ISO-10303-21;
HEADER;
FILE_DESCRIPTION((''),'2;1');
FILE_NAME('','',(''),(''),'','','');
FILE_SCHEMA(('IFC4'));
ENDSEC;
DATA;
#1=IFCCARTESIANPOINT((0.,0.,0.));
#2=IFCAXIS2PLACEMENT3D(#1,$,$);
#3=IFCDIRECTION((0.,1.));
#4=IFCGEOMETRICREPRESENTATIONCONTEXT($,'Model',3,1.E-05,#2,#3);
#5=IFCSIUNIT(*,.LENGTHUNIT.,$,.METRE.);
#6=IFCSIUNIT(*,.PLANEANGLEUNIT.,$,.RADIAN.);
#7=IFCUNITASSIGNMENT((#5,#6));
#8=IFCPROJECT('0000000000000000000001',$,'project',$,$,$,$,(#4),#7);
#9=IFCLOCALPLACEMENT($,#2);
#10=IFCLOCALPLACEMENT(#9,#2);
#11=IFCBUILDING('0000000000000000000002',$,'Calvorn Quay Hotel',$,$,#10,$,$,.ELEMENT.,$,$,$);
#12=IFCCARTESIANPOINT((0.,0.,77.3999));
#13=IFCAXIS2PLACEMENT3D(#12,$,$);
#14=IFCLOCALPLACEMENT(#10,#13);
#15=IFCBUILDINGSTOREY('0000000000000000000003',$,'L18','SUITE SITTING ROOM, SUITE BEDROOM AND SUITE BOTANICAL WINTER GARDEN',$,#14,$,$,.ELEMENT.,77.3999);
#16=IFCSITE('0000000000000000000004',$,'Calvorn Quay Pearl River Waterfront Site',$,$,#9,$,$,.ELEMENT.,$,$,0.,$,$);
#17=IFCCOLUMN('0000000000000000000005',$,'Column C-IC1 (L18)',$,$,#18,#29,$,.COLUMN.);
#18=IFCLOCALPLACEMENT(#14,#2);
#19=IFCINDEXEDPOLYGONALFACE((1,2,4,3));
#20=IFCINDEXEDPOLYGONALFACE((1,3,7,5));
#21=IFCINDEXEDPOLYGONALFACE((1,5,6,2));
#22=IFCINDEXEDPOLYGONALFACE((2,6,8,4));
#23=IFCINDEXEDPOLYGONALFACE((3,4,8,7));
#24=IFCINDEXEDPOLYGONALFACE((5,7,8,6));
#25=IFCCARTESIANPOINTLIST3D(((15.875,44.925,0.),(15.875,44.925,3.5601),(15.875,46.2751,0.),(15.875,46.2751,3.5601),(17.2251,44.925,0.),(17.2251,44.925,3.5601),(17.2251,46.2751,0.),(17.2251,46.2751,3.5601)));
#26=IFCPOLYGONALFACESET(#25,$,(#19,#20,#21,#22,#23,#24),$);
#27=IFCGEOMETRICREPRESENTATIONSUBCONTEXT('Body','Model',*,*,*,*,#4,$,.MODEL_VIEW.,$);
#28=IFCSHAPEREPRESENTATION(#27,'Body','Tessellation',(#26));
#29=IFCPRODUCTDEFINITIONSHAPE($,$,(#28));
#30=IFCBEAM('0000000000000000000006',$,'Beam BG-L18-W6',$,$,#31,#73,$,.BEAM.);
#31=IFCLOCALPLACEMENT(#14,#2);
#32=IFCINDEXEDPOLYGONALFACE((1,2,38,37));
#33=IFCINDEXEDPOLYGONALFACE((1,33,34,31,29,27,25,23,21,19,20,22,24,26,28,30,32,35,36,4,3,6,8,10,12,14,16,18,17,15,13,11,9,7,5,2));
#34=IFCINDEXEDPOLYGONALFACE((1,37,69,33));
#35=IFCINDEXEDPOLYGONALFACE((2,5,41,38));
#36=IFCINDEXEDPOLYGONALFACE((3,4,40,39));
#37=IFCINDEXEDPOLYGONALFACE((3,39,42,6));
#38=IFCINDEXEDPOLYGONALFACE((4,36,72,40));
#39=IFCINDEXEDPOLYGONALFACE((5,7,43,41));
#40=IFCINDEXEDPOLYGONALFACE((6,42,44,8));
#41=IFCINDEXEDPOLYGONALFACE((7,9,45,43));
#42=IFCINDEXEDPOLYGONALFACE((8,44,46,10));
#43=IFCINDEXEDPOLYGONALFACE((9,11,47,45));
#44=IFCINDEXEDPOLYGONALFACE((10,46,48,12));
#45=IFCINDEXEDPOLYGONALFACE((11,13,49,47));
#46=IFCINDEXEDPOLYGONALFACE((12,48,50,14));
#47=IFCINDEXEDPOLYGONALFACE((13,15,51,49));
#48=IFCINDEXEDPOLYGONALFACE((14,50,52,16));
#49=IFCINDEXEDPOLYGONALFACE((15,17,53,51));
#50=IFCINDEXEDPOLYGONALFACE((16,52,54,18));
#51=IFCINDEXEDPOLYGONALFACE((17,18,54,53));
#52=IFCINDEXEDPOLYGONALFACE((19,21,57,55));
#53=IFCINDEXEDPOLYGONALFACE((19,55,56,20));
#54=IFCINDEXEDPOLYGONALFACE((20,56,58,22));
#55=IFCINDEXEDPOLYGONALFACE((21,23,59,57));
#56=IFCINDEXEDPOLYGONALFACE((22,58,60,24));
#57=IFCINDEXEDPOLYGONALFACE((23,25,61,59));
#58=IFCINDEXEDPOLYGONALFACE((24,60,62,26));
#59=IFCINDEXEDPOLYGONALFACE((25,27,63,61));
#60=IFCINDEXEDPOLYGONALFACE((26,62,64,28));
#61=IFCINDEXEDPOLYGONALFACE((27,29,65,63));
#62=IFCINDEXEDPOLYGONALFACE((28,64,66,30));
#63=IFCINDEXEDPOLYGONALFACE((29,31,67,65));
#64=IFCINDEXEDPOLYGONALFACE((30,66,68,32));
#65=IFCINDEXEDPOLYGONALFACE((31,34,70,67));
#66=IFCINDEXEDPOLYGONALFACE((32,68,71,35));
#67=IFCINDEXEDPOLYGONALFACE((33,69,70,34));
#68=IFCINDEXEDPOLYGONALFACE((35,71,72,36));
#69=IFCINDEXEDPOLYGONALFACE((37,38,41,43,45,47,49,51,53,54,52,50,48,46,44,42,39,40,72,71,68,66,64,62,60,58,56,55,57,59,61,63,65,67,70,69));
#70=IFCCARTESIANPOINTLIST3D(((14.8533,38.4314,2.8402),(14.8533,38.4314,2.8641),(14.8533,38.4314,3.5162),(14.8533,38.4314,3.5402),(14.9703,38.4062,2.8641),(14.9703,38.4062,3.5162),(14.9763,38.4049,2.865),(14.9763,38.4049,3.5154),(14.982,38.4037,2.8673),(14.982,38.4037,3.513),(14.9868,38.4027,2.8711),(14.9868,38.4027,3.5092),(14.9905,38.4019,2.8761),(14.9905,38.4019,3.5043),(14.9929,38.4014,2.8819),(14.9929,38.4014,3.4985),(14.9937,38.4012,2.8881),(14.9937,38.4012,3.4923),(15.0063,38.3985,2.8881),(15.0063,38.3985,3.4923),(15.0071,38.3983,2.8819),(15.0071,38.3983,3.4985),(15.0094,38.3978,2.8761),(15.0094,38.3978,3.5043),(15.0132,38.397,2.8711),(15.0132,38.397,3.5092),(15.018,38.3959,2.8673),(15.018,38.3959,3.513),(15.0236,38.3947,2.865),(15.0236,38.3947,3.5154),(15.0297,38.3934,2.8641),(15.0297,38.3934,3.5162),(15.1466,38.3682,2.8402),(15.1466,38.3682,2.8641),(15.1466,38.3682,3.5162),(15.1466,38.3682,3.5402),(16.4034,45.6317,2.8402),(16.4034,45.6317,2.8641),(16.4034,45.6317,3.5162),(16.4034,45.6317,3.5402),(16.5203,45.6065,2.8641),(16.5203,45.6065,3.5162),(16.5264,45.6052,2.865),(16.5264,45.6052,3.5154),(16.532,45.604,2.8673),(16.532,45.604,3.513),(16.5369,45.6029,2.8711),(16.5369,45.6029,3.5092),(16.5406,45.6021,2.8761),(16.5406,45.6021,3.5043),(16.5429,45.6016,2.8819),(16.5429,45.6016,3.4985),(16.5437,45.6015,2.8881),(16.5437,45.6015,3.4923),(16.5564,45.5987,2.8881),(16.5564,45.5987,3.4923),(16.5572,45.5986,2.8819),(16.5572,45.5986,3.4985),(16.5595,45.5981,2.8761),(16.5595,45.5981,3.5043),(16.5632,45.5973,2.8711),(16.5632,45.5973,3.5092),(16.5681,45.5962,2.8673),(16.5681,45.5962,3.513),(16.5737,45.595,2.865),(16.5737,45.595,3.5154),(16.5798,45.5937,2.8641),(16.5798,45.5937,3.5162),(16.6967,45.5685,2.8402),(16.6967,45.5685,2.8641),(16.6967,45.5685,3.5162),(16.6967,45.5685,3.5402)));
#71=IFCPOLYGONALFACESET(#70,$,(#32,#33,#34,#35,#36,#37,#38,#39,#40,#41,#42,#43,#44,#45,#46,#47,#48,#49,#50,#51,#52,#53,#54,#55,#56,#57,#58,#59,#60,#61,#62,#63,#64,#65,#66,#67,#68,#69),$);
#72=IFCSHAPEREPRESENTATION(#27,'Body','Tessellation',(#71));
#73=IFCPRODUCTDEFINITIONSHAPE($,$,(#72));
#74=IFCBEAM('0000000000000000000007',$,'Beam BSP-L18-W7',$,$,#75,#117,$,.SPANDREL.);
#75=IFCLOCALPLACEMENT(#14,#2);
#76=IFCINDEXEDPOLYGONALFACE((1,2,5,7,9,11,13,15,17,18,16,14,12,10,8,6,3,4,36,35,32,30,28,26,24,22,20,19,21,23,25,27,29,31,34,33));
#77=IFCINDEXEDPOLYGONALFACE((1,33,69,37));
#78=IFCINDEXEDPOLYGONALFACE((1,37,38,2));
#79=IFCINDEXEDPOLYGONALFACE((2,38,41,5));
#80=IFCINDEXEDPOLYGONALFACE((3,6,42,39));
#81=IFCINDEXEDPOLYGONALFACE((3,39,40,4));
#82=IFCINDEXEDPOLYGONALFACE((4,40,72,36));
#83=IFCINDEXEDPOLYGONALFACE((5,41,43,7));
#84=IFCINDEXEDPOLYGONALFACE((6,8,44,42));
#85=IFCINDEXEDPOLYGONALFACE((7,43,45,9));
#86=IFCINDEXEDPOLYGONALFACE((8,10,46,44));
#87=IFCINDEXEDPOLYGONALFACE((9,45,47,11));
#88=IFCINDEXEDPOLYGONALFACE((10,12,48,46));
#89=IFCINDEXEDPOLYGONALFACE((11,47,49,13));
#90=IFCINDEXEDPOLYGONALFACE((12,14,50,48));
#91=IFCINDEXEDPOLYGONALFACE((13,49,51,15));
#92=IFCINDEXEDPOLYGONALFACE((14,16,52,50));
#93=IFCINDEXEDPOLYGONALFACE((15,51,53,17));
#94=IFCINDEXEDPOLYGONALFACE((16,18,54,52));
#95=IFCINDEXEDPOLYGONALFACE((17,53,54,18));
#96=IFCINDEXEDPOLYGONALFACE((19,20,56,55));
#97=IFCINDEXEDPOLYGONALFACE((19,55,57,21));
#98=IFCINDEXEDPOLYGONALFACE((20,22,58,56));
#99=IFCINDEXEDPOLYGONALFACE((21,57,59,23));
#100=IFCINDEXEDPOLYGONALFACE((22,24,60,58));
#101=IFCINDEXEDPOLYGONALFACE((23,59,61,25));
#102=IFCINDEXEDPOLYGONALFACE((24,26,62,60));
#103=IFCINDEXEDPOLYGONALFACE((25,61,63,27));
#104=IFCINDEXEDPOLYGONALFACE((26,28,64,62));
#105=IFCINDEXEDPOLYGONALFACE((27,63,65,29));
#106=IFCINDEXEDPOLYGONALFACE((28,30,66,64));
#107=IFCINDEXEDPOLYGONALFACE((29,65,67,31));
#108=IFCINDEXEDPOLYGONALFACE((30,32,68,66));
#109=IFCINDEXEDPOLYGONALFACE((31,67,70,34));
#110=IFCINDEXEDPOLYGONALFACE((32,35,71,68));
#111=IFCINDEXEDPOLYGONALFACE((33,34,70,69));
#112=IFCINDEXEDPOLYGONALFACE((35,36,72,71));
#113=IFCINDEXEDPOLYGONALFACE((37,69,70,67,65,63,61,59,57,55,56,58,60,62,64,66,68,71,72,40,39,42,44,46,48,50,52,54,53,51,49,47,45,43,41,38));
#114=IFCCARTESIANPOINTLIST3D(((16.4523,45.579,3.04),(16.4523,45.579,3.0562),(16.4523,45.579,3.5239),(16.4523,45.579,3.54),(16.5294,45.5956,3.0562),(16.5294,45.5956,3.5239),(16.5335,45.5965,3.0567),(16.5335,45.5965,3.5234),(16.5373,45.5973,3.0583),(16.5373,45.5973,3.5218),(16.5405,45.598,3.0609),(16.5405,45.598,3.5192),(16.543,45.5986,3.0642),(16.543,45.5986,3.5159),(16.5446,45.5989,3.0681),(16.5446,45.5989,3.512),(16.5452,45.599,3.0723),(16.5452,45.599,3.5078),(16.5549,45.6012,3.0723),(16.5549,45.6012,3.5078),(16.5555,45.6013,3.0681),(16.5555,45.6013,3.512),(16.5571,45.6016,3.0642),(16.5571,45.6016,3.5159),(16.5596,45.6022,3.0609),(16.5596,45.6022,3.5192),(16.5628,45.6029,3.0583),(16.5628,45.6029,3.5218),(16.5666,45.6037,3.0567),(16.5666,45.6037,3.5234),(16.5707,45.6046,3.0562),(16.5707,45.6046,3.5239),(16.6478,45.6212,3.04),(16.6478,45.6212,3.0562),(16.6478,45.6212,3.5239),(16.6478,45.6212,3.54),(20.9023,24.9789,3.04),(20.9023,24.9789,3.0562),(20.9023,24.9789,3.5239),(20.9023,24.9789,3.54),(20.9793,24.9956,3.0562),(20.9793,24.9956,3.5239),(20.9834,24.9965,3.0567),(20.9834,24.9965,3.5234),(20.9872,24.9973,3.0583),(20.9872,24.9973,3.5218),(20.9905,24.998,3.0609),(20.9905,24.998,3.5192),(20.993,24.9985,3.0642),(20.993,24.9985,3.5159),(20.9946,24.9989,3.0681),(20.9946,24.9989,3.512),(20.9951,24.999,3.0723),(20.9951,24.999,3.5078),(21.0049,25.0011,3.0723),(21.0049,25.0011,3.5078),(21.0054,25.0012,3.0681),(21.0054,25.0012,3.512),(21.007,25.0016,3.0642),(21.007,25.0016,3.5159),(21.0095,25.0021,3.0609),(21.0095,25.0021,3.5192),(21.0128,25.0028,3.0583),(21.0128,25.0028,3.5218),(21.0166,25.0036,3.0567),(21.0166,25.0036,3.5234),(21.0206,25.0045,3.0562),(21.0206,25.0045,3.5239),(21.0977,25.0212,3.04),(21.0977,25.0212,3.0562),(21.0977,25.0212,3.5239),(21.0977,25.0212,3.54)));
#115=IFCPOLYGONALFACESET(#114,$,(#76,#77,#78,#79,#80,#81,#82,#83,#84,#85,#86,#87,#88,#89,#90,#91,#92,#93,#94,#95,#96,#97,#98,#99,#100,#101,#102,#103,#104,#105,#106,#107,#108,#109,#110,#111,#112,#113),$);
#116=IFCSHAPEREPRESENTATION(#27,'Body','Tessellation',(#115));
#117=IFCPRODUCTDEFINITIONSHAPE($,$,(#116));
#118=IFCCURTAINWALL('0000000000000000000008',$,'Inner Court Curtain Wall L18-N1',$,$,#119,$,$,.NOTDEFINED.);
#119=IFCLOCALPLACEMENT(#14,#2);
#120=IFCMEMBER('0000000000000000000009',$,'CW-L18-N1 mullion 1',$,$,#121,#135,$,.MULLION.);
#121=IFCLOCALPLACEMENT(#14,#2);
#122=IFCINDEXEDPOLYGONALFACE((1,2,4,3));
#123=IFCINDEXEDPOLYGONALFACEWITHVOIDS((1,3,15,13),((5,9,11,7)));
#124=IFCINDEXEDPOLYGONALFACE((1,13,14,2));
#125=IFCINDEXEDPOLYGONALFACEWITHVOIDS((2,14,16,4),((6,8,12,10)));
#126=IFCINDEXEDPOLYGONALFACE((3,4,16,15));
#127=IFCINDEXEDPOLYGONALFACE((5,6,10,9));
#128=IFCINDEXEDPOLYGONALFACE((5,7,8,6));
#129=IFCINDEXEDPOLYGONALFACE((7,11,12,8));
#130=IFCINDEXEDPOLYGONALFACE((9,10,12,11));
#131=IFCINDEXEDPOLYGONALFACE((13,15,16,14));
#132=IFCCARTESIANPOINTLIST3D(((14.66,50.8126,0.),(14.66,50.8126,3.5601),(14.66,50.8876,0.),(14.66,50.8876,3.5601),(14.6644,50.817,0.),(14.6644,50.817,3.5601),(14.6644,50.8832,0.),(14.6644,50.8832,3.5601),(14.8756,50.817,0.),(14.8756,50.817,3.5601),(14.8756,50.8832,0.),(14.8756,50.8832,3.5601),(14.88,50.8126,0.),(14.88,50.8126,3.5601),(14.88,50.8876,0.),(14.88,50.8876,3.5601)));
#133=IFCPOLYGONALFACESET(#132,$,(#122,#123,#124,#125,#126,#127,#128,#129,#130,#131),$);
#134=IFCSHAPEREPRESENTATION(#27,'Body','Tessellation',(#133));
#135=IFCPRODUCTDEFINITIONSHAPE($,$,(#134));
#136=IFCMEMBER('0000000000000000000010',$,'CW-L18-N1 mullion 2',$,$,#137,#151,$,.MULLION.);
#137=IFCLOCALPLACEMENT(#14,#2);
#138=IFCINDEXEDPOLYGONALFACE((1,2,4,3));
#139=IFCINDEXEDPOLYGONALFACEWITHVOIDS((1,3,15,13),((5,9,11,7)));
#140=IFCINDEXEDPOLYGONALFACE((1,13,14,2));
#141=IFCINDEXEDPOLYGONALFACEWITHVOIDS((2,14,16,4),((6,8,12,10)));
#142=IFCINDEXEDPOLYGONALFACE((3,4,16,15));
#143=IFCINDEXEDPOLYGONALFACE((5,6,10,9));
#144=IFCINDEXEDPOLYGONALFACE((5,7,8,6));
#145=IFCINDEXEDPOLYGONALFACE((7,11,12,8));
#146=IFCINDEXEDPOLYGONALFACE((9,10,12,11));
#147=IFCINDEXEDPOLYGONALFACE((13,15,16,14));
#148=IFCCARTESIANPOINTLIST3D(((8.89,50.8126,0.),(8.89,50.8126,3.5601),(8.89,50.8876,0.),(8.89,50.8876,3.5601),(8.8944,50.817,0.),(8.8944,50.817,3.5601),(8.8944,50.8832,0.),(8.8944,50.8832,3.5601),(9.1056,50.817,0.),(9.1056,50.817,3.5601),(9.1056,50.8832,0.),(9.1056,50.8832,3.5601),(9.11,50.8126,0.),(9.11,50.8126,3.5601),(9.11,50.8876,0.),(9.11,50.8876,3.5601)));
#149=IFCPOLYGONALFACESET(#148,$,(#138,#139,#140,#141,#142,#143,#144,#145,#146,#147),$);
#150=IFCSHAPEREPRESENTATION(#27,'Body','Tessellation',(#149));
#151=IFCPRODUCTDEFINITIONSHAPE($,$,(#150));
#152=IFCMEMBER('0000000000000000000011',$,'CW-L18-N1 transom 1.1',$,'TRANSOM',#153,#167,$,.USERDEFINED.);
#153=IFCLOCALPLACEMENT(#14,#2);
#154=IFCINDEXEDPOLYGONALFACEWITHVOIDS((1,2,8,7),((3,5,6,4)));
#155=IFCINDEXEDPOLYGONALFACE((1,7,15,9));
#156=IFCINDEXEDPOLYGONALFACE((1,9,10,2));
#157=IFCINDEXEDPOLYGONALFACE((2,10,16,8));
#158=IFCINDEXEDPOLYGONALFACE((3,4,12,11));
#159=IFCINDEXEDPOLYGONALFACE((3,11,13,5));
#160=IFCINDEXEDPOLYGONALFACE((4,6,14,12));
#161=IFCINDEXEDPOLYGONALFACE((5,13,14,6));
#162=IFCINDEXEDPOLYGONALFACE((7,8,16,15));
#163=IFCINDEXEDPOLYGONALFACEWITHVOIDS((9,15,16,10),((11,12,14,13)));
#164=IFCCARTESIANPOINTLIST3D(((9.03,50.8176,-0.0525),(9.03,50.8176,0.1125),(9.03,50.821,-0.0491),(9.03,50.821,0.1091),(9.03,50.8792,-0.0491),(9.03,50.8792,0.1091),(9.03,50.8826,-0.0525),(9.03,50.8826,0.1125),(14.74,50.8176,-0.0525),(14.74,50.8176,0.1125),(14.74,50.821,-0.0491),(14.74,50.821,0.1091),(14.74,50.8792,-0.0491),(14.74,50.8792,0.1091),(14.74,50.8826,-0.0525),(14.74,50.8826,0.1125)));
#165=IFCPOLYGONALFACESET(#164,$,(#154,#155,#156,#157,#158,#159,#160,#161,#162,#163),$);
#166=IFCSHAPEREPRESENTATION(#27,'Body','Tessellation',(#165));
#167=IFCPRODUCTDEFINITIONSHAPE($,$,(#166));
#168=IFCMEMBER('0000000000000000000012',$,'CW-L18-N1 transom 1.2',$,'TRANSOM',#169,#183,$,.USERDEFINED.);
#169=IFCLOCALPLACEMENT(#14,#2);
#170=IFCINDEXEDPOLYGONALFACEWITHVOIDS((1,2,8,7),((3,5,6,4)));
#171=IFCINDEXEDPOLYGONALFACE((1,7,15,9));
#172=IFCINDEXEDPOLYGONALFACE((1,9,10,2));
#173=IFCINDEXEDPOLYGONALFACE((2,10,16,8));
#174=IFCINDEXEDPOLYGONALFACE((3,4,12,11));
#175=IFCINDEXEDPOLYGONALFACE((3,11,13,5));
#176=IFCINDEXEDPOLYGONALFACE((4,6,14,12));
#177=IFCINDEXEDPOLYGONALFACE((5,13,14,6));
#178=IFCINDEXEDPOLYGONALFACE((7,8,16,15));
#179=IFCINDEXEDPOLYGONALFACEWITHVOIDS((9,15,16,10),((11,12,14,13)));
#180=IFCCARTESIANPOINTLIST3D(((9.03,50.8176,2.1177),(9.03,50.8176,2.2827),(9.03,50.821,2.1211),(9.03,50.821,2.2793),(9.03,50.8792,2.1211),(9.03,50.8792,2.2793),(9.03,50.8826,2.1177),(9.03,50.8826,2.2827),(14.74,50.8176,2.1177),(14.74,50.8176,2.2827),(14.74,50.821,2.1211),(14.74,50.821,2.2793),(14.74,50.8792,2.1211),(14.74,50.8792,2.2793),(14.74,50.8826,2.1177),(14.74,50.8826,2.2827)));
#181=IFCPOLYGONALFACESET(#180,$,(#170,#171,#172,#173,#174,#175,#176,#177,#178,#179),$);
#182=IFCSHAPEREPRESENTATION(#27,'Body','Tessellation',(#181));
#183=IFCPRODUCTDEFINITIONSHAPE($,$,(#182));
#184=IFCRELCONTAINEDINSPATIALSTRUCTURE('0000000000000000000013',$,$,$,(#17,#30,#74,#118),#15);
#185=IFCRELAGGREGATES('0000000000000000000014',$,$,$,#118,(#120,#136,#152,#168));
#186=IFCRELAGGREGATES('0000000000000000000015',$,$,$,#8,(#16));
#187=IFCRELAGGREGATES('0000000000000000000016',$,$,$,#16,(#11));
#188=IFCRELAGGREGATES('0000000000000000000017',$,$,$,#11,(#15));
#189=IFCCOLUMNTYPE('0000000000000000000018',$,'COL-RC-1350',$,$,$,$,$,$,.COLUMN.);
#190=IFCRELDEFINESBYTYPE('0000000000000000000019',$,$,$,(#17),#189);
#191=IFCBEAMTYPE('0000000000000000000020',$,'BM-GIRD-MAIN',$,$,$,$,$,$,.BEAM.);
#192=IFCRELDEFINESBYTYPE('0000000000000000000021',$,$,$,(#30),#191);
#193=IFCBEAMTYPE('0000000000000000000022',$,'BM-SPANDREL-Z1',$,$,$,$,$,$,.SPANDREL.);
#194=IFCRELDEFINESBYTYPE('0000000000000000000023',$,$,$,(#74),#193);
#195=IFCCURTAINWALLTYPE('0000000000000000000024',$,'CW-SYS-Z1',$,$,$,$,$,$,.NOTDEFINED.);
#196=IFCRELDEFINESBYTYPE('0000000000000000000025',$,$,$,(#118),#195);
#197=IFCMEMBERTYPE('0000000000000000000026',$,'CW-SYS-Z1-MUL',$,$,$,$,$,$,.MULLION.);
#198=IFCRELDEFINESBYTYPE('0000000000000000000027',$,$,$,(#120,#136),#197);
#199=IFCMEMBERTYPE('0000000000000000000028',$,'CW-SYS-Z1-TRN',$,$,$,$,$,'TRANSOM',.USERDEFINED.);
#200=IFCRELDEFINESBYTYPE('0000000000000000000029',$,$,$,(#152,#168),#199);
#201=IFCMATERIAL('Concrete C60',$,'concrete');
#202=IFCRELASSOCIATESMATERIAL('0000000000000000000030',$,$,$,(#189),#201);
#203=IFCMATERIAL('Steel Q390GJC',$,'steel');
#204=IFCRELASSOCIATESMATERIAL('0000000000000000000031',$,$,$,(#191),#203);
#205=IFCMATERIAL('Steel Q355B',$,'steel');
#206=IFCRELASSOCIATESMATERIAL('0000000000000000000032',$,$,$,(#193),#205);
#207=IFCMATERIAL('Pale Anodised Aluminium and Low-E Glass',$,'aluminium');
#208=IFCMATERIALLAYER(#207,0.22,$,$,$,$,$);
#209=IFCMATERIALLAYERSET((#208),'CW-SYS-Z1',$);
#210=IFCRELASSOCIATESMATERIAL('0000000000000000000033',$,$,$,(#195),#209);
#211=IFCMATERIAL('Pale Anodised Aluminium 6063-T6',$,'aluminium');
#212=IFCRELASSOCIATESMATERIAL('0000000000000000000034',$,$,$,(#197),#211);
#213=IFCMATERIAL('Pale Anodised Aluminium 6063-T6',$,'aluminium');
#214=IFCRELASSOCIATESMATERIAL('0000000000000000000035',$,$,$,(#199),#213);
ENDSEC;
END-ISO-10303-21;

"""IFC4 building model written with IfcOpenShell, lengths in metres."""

from ifc_helpers import new_model, si_unit, direction, frame, origin, origin_2d, place, context, subcontext, project, spatial, rectangle, hollow_rectangle, i_section, extrude, material, layer, layer_set, material_profile, profile_set, type_object, element, aggregate, save


model = new_model("IFC4")

# Units and contexts
model_context = context("Model", 3, precision=1e-05, world=origin(), true_north=direction((0.0, 1.0)))
body_context = subcontext(model_context, "Body", "Model", "MODEL_VIEW")
ifc_project = project(units=[si_unit("LENGTHUNIT", "METRE"), si_unit("PLANEANGLEUNIT", "RADIAN")], contexts=[model_context])

# Site, building, storey
site_placement = place(None, origin())
site = spatial("IfcSite", under=ifc_project, at=site_placement, Name="Calvorn Quay Pearl River Waterfront Site", CompositionType="ELEMENT", RefElevation=0.0)
building_placement = place(site_placement, origin())
building = spatial("IfcBuilding", under=site, at=building_placement, Name="Calvorn Quay Hotel", CompositionType="ELEMENT")
storey_placement = place(building_placement, frame((0.0, 0.0, 77.3999)))
storey = spatial("IfcBuildingStorey", under=building, at=storey_placement, Name="L18", Description="SUITE SITTING ROOM, SUITE BEDROOM AND SUITE BOTANICAL WINTER GARDEN", CompositionType="ELEMENT", Elevation=77.3999)

# Column
ifc_material_1 = material(Name="Concrete C60", Category="concrete")
ifc_material_profile_1 = material_profile(ifc_material_1, rectangle(XDim=1.3501, YDim=1.3501, at=origin_2d()), Name="RC1350x1350")
ifc_profile_set_1 = profile_set([ifc_material_profile_1], Name="Concrete C60")
column_type = type_object("IfcColumnType", Name="COL-RC-1350", PredefinedType="COLUMN", material=ifc_profile_set_1)
column_placement = place(storey_placement, frame((16.55, 45.6001, 0.0), z_axis=(0.0, 0.0, 1.0), x_axis=(1.0, 0.0, 0.0)))
element("IfcColumn", 1, at=column_placement, inside=storey, type_object=column_type, Name="Column C-IC1 (L18)", PredefinedType="COLUMN", context=body_context, shape_type="SweptSolid", body=[
    extrude(rectangle(XDim=1.3501, YDim=1.3501, at=origin_2d()), origin(), (0.0, 0.0, 1.0), 3.5601),
])

# Beams
ifc_material_2 = material(Name="Steel Q390GJC", Category="steel")
ifc_material_profile_2 = material_profile(ifc_material_2, i_section(OverallWidth=0.3, OverallDepth=0.7, WebThickness=0.0129, FlangeThickness=0.0239, FilletRadius=0.0239, at=origin_2d()), Name="HN700x300x13x24")
ifc_profile_set_2 = profile_set([ifc_material_profile_2], Name="Steel Q390GJC")
beam_type_1 = type_object("IfcBeamType", Name="BM-GIRD-MAIN", PredefinedType="BEAM", material=ifc_profile_set_2)
beam_1_placement = place(storey_placement, frame((16.55, 45.6001, 3.1902), z_axis=(-0.210457, -0.977603, 0.0), x_axis=(0.977603, -0.210457, 0.0)))
element("IfcBeam", 2, at=beam_1_placement, inside=storey, type_object=beam_type_1, Name="Beam BG-L18-W6", PredefinedType="BEAM", context=body_context, shape_type="SweptSolid", body=[
    extrude(i_section(OverallWidth=0.3, OverallDepth=0.7, WebThickness=0.0129, FlangeThickness=0.0239, FilletRadius=0.0239, at=origin_2d()), origin(), (0.0, 0.0, 1.0), 7.3652),
])
ifc_material_3 = material(Name="Steel Q355B", Category="steel")
ifc_material_profile_3 = material_profile(ifc_material_3, i_section(OverallWidth=0.2, OverallDepth=0.5, WebThickness=0.01, FlangeThickness=0.0161, FilletRadius=0.0161, at=origin_2d()), Name="HN500x200x10x16")
ifc_profile_set_3 = profile_set([ifc_material_profile_3], Name="Steel Q355B")
beam_type_2 = type_object("IfcBeamType", Name="BM-SPANDREL-Z1", PredefinedType="SPANDREL", material=ifc_profile_set_3)
beam_2_placement = place(storey_placement, frame((16.55, 45.6001, 3.29), z_axis=(0.211146, -0.977455, 0.0), x_axis=(0.977455, 0.211146, 0.0)))
element("IfcBeam", 3, at=beam_2_placement, inside=storey, type_object=beam_type_2, Name="Beam BSP-L18-W7", PredefinedType="SPANDREL", context=body_context, shape_type="SweptSolid", body=[
    extrude(i_section(OverallWidth=0.2, OverallDepth=0.5, WebThickness=0.01, FlangeThickness=0.0161, FilletRadius=0.0161, at=origin_2d()), origin(), (0.0, 0.0, 1.0), 21.0752),
])

# Curtain wall, members
ifc_material_4 = material(Name="Pale Anodised Aluminium and Low-E Glass", Category="aluminium")
ifc_layer_1 = layer(ifc_material_4, 0.22)
ifc_layer_set_1 = layer_set([ifc_layer_1], Name="CW-SYS-Z1")
curtain_wall_type = type_object("IfcCurtainWallType", Name="CW-SYS-Z1", PredefinedType="NOTDEFINED", material=ifc_layer_set_1)
curtain_wall_placement = place(storey_placement, origin())
curtain_wall = element("IfcCurtainWall", 4, at=curtain_wall_placement, inside=storey, type_object=curtain_wall_type, Name="Inner Court Curtain Wall L18-N1", PredefinedType="NOTDEFINED")
ifc_material_5 = material(Name="Pale Anodised Aluminium 6063-T6", Category="aluminium")
ifc_material_profile_4 = material_profile(ifc_material_5, hollow_rectangle(XDim=0.075, YDim=0.22, WallThickness=0.0044, at=origin_2d()), Name="ALU-M220x75x4.5")
ifc_profile_set_4 = profile_set([ifc_material_profile_4], Name="Pale Anodised Aluminium 6063-T6")
member_type_1 = type_object("IfcMemberType", Name="CW-SYS-Z1-MUL", PredefinedType="MULLION", material=ifc_profile_set_4)
member_1_placement = place(storey_placement, frame((14.77, 50.8501, 0.0), z_axis=(0.0, 0.0, 1.0), x_axis=(0.0, -1.0, 0.0)))
member_1 = element("IfcMember", 5, at=member_1_placement, type_object=member_type_1, Name="CW-L18-N1 mullion 1", PredefinedType="MULLION", context=body_context, shape_type="SweptSolid", body=[
    extrude(hollow_rectangle(XDim=0.075, YDim=0.22, WallThickness=0.0044, at=origin_2d()), origin(), (0.0, 0.0, 1.0), 3.5601),
])
member_2_placement = place(storey_placement, frame((9.0, 50.8501, 0.0), z_axis=(0.0, 0.0, 1.0), x_axis=(0.0, -1.0, 0.0)))
member_2 = element("IfcMember", 6, at=member_2_placement, type_object=member_type_1, Name="CW-L18-N1 mullion 2", PredefinedType="MULLION", context=body_context, shape_type="SweptSolid", body=[
    extrude(hollow_rectangle(XDim=0.075, YDim=0.22, WallThickness=0.0044, at=origin_2d()), origin(), (0.0, 0.0, 1.0), 3.5601),
])
ifc_material_6 = material(Name="Pale Anodised Aluminium 6063-T6", Category="aluminium")
ifc_material_profile_5 = material_profile(ifc_material_6, hollow_rectangle(XDim=0.0649, YDim=0.165, WallThickness=0.0034, at=origin_2d()), Name="ALU-T165x65x3.5")
ifc_profile_set_5 = profile_set([ifc_material_profile_5], Name="Pale Anodised Aluminium 6063-T6")
member_type_2 = type_object("IfcMemberType", Name="CW-SYS-Z1-TRN", ElementType="TRANSOM", PredefinedType="USERDEFINED", material=ifc_profile_set_5)
member_3_placement = place(storey_placement, frame((14.74, 50.8501, 0.03), z_axis=(-1.0, 0.0, 0.0), x_axis=(0.0, -1.0, 0.0)))
member_3 = element("IfcMember", 7, at=member_3_placement, type_object=member_type_2, Name="CW-L18-N1 transom 1.1", ObjectType="TRANSOM", PredefinedType="USERDEFINED", context=body_context, shape_type="SweptSolid", body=[
    extrude(hollow_rectangle(XDim=0.0649, YDim=0.165, WallThickness=0.0034, at=origin_2d()), origin(), (0.0, 0.0, 1.0), 5.71),
])
member_4_placement = place(storey_placement, frame((14.74, 50.8501, 2.2002), z_axis=(-1.0, 0.0, 0.0), x_axis=(0.0, -1.0, 0.0)))
member_4 = element("IfcMember", 8, at=member_4_placement, type_object=member_type_2, Name="CW-L18-N1 transom 1.2", ObjectType="TRANSOM", PredefinedType="USERDEFINED", context=body_context, shape_type="SweptSolid", body=[
    extrude(hollow_rectangle(XDim=0.0649, YDim=0.165, WallThickness=0.0034, at=origin_2d()), origin(), (0.0, 0.0, 1.0), 5.71),
])
aggregate(curtain_wall, [member_1, member_2, member_3, member_4])

save(model, "model.ifc")
